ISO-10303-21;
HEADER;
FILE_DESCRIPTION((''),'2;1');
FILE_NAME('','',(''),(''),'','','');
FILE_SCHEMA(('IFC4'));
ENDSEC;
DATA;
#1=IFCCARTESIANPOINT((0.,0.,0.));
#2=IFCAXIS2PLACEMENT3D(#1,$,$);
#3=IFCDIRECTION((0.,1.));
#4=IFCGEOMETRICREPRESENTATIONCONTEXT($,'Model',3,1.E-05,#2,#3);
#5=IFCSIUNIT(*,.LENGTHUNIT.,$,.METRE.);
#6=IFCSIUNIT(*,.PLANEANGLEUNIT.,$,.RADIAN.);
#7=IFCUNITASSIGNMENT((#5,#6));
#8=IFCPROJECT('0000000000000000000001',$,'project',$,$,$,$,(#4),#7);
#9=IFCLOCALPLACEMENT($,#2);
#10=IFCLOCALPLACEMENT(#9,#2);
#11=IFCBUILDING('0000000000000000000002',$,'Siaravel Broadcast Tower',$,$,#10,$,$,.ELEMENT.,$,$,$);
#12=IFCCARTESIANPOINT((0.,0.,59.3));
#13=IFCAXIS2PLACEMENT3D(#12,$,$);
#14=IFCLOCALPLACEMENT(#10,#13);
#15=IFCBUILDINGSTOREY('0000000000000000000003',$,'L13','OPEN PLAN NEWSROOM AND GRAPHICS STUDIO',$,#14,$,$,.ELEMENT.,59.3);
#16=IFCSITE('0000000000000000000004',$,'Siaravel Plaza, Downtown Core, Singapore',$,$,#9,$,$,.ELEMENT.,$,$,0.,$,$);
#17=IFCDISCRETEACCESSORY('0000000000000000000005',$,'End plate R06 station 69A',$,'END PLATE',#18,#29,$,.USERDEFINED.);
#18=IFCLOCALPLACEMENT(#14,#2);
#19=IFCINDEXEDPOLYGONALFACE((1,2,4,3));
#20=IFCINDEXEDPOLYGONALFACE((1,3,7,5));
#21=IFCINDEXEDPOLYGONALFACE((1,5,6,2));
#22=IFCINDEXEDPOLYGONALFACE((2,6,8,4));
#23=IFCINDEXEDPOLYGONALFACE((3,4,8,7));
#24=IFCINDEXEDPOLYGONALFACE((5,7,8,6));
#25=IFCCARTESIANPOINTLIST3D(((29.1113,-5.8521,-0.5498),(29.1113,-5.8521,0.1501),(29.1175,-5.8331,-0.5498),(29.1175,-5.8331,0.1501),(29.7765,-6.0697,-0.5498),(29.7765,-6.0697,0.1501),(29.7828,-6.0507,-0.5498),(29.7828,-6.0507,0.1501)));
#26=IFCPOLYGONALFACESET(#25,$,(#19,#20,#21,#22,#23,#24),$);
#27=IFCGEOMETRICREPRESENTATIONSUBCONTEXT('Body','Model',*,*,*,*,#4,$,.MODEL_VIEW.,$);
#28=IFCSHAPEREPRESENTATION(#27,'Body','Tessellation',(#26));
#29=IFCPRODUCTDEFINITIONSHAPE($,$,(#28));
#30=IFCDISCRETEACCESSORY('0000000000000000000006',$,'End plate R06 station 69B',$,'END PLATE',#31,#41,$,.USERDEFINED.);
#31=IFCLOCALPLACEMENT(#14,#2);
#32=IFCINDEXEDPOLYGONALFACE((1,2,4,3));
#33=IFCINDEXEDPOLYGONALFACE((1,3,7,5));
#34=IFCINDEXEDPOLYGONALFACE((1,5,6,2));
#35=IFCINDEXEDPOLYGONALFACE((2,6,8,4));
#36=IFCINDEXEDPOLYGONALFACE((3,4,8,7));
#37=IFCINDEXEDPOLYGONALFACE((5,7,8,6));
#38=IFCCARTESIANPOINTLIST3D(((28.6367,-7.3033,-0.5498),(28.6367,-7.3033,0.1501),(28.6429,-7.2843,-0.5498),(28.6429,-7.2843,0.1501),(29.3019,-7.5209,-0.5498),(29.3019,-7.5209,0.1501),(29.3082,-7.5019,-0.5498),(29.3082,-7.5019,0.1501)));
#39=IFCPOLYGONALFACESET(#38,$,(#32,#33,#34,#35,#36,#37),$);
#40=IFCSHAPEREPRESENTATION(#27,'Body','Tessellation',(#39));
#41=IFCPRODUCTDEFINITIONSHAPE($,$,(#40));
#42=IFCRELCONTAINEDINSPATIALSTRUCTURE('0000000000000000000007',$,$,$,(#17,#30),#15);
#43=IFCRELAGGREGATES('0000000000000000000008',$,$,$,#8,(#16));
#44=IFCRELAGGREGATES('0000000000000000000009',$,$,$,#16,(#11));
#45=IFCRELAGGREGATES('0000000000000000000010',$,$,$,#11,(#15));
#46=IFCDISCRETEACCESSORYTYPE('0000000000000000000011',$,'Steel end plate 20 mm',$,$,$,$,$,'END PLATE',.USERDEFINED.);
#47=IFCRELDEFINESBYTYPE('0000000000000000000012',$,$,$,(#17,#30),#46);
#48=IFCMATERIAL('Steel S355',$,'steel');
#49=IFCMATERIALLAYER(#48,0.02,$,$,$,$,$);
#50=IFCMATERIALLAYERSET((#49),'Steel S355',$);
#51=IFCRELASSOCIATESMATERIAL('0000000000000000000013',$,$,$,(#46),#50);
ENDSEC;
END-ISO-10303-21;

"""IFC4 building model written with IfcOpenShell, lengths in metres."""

from ifc_helpers import new_model, si_unit, direction, frame, origin, origin_2d, place, context, subcontext, project, spatial, rectangle, extrude, material, layer, layer_set, type_object, element, save


model = new_model("IFC4")

# Units and contexts
model_context = context("Model", 3, precision=1e-05, world=origin(), true_north=direction((0.0, 1.0)))
body_context = subcontext(model_context, "Body", "Model", "MODEL_VIEW")
ifc_project = project(units=[si_unit("LENGTHUNIT", "METRE"), si_unit("PLANEANGLEUNIT", "RADIAN")], contexts=[model_context])

# Site, building, storey
site_placement = place(None, origin())
site = spatial("IfcSite", under=ifc_project, at=site_placement, Name="Siaravel Plaza, Downtown Core, Singapore", CompositionType="ELEMENT", RefElevation=0.0)
building_placement = place(site_placement, origin())
building = spatial("IfcBuilding", under=site, at=building_placement, Name="Siaravel Broadcast Tower", CompositionType="ELEMENT")
storey_placement = place(building_placement, frame((0.0, 0.0, 59.3)))
storey = spatial("IfcBuildingStorey", under=building, at=storey_placement, Name="L13", Description="OPEN PLAN NEWSROOM AND GRAPHICS STUDIO", CompositionType="ELEMENT", Elevation=59.3)

# Shared definitions
ifc_material_1 = material(Name="Steel S355", Category="steel")

# Discrete accessories
ifc_layer_1 = layer(ifc_material_1, 0.02)
ifc_layer_set_1 = layer_set([ifc_layer_1], Name="Steel S355")
discrete_accessory_type_1 = type_object("IfcDiscreteAccessoryType", Name="Steel end plate 20 mm", ElementType="END PLATE", PredefinedType="USERDEFINED", material=ifc_layer_set_1)
for number, where, z_axis, x_axis, name in (
    (1, (29.447, -5.9514, -0.5498), (0.0, 0.0, 1.0), (0.310909, 0.95044, 0.0), "End plate R06 station 69A"),
    (2, (28.9724, -7.4026, -0.5498), (0.0, 0.0, 1.0), (0.310909, 0.95044, 0.0), "End plate R06 station 69B"),
):
    element("IfcDiscreteAccessory", number, at=place(storey_placement, frame(where, z_axis=z_axis, x_axis=x_axis)), inside=storey, type_object=discrete_accessory_type_1, Name=name, ObjectType="END PLATE", PredefinedType="USERDEFINED", context=body_context, shape_type="SweptSolid", body=[
        extrude(rectangle(XDim=0.02, YDim=0.7, at=origin_2d()), origin(), (0.0, 0.0, 1.0), 0.7),
    ])

save(model, "model.ifc")
